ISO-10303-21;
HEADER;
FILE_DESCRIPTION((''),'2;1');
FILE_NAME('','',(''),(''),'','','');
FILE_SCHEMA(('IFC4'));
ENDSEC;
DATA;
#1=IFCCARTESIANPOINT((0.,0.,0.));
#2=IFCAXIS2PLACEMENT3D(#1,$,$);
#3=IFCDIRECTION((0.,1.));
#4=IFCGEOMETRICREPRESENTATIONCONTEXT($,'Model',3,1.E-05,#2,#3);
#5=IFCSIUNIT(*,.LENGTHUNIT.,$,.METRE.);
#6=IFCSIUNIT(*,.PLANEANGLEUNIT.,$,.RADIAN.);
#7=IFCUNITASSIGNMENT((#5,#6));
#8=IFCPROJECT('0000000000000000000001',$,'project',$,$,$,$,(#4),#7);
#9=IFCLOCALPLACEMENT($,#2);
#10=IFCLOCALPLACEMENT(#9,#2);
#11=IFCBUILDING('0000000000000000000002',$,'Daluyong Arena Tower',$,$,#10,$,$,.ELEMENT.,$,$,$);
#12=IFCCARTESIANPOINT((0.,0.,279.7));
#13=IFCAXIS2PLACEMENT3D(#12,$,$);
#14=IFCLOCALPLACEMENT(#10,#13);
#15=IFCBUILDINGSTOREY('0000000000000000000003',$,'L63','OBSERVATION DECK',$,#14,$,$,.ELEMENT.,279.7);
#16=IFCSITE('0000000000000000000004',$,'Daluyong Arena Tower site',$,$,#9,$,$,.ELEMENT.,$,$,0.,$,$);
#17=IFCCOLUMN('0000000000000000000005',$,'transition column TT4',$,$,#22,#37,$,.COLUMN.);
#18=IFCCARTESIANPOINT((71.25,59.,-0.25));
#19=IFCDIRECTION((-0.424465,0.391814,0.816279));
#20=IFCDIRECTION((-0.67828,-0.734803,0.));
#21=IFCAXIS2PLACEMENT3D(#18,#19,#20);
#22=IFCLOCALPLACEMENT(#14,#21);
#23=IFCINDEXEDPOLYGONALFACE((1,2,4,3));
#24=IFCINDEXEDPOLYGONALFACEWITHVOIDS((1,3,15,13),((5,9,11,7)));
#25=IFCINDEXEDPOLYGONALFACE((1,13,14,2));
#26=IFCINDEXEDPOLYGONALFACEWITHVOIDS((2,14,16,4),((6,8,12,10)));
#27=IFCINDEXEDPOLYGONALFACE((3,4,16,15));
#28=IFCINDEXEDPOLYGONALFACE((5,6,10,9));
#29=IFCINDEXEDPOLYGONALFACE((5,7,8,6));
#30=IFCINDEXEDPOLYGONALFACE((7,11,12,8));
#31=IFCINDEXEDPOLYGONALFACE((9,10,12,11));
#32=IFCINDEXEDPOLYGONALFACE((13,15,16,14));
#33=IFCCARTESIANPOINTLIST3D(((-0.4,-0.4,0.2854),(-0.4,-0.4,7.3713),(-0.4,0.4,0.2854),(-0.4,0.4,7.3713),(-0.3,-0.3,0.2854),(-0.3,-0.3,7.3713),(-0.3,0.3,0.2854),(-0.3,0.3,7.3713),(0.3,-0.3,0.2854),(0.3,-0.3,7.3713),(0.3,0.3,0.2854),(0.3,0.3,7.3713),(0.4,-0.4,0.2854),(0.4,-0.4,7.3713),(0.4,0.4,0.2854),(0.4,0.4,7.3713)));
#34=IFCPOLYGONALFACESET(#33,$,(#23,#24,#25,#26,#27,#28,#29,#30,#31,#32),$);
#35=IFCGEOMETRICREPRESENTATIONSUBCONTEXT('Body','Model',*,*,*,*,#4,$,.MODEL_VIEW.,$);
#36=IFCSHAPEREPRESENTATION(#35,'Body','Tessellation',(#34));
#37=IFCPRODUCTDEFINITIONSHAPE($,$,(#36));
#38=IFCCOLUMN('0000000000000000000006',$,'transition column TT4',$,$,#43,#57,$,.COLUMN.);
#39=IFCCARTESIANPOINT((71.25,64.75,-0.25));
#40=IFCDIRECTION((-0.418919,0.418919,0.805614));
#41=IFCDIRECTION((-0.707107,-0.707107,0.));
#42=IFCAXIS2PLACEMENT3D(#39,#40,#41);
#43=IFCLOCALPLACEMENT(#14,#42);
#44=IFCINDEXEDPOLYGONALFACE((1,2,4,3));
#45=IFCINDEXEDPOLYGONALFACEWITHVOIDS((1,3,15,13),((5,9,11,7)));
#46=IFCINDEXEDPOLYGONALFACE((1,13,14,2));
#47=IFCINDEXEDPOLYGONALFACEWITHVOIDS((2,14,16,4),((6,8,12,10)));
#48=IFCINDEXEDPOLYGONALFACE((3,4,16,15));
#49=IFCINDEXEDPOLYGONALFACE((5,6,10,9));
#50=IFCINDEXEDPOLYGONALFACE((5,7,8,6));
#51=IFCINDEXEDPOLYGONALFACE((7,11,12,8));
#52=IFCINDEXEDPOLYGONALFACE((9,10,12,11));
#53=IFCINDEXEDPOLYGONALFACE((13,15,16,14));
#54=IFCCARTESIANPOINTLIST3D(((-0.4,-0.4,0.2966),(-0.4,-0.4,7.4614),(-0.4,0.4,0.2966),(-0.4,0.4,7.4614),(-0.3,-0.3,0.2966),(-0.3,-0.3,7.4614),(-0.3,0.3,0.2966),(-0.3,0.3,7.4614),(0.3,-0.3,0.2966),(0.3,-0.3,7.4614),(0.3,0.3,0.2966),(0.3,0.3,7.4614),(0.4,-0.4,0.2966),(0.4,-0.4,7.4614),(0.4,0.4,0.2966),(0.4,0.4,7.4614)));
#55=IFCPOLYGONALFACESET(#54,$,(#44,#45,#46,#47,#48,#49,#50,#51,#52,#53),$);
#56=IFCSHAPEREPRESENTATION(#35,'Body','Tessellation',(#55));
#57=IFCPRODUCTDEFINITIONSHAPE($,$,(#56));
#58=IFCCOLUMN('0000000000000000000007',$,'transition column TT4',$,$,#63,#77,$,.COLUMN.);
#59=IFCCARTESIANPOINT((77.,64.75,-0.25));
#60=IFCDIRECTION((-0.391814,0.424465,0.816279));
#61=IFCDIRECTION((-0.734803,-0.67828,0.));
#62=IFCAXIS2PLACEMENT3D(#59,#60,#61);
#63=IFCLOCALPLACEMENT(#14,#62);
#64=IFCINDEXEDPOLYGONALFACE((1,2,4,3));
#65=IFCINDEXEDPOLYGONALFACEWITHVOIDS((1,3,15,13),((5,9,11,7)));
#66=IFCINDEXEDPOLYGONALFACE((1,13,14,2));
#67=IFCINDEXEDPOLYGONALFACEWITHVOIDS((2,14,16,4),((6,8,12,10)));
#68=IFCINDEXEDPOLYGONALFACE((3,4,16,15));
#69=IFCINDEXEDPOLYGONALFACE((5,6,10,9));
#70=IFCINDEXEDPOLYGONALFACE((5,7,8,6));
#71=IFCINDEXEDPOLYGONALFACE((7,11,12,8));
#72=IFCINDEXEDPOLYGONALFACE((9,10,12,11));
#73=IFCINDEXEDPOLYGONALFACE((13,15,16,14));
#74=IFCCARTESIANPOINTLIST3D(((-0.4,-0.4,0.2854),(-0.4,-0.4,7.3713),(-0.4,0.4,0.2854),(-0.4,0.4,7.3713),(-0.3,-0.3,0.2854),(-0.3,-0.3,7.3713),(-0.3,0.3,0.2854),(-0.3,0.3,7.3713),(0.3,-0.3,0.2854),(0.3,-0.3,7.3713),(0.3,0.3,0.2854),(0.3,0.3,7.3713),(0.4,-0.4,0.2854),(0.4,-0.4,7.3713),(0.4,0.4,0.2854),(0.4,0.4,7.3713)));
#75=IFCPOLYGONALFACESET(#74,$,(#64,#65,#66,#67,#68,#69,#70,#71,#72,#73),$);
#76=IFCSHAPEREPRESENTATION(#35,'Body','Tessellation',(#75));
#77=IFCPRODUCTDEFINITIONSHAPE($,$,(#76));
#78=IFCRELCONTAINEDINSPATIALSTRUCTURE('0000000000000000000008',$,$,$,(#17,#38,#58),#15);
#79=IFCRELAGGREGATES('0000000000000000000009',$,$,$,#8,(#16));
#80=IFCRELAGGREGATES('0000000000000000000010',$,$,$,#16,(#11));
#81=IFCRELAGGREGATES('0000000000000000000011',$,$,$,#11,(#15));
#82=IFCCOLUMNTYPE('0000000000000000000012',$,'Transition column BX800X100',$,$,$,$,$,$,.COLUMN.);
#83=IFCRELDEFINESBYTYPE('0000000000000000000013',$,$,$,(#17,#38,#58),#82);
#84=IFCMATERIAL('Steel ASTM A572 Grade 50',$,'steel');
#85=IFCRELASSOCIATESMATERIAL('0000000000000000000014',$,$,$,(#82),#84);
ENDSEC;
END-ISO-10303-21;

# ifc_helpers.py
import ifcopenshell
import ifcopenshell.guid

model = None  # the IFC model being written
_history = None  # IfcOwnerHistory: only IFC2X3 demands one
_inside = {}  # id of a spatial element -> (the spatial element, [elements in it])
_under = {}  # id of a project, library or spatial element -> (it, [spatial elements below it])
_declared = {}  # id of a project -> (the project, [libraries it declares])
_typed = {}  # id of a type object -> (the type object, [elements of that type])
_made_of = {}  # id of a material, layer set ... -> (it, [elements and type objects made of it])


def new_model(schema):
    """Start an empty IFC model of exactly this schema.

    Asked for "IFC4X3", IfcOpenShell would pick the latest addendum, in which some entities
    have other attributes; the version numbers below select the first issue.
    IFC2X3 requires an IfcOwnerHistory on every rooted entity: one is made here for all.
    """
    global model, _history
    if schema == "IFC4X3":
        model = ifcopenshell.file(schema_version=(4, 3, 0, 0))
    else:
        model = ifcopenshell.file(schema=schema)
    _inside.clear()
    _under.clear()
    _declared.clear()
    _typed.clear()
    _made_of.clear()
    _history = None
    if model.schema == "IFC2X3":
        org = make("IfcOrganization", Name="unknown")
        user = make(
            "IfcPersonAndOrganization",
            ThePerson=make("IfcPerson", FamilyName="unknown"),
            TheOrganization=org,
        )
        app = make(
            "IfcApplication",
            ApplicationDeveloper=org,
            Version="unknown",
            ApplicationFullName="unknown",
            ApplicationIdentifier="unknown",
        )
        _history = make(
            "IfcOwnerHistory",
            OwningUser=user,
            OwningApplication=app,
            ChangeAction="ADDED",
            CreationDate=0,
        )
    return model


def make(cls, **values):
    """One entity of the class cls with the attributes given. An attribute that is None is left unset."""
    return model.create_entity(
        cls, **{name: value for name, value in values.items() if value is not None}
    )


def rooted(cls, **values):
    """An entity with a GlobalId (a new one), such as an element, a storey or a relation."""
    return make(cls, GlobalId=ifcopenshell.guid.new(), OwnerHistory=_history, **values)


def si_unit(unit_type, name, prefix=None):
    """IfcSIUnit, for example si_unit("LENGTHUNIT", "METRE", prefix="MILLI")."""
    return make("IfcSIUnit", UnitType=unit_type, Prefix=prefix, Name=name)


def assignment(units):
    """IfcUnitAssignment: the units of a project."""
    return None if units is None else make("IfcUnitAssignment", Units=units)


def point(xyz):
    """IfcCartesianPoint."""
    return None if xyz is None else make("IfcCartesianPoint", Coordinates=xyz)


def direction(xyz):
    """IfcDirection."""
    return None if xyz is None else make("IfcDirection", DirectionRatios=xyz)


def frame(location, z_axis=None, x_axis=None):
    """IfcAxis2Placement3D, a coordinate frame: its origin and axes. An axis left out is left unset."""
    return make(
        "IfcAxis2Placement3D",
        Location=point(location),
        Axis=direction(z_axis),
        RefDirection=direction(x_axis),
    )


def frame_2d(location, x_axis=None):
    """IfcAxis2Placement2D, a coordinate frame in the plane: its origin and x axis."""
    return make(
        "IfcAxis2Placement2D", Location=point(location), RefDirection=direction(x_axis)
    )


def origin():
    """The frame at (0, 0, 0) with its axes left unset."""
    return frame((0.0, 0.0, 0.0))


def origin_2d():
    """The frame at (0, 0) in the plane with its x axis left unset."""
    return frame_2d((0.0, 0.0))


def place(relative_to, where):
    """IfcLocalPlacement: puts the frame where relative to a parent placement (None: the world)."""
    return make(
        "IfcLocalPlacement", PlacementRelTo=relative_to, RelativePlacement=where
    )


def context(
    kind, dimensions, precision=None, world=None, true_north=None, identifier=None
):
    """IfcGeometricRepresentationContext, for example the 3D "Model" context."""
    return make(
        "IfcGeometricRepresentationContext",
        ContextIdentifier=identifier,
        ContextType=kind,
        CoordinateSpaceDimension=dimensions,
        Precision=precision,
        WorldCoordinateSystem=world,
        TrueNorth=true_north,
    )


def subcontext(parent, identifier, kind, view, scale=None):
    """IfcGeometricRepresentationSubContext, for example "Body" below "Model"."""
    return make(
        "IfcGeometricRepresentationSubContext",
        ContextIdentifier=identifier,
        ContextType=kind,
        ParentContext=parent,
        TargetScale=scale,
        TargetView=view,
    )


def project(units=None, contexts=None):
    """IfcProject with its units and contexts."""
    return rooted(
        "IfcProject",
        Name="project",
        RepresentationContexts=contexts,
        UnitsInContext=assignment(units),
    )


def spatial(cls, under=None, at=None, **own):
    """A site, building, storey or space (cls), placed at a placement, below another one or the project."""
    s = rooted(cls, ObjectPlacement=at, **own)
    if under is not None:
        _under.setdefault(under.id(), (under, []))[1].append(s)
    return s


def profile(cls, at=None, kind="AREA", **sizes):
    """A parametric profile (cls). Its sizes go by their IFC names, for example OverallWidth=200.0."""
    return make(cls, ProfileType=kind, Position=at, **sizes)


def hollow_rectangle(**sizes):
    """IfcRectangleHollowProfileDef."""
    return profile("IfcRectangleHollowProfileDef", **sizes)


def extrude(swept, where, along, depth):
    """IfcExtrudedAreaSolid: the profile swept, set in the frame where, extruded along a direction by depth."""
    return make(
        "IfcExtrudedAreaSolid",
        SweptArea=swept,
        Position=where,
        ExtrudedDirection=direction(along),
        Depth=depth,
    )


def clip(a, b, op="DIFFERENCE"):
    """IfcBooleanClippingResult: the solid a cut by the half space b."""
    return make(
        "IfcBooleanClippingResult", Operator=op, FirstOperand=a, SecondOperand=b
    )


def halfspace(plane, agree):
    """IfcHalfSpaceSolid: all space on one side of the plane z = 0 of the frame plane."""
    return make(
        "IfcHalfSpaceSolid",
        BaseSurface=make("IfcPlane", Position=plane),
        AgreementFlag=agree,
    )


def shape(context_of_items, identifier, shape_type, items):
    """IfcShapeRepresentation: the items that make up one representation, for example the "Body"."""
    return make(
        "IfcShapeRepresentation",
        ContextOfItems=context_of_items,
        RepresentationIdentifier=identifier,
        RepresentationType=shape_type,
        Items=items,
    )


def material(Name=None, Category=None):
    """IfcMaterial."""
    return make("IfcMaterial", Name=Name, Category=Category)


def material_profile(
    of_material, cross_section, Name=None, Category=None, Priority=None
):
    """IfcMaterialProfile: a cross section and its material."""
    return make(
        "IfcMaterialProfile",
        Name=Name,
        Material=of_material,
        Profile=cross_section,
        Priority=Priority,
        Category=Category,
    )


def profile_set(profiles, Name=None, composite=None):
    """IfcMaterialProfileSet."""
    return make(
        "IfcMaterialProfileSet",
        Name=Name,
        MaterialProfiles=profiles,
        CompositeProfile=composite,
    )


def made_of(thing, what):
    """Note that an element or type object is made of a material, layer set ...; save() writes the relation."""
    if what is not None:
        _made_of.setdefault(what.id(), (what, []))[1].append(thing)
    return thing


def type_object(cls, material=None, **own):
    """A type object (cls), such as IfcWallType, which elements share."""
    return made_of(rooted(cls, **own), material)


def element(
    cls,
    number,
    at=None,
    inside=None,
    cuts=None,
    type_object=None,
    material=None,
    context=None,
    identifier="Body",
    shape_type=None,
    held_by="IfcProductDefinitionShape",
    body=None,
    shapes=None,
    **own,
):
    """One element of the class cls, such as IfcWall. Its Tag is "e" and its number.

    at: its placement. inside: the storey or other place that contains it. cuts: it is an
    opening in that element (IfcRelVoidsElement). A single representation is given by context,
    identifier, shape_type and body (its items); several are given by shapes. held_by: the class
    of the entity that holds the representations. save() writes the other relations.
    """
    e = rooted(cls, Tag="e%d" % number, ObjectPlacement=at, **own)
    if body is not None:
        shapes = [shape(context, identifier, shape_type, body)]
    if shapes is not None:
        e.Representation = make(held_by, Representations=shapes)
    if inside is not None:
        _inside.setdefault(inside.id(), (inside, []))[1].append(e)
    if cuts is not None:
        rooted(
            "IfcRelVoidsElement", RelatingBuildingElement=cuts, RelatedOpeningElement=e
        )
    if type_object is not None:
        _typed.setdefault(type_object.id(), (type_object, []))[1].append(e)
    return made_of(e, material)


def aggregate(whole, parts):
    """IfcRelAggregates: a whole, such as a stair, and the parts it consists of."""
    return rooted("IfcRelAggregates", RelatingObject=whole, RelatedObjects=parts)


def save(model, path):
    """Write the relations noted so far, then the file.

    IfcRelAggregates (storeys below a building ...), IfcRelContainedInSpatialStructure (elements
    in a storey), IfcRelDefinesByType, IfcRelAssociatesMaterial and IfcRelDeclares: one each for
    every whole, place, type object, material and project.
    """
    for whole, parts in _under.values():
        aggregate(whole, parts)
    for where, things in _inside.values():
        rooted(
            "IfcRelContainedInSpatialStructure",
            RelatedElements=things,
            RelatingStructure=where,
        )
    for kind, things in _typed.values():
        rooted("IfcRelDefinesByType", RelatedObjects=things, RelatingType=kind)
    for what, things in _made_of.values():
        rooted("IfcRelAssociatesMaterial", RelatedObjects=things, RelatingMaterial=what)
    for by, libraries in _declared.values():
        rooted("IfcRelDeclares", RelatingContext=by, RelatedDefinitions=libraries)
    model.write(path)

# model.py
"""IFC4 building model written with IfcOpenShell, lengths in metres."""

from ifc_helpers import new_model, si_unit, direction, frame, origin, origin_2d, place, context, subcontext, project, spatial, hollow_rectangle, extrude, clip, halfspace, material, material_profile, profile_set, type_object, element, save


model = new_model("IFC4")

# Units and contexts
model_context = context("Model", 3, precision=1e-05, world=origin(), true_north=direction((0.0, 1.0)))
body_context = subcontext(model_context, "Body", "Model", "MODEL_VIEW")
ifc_project = project(units=[si_unit("LENGTHUNIT", "METRE"), si_unit("PLANEANGLEUNIT", "RADIAN")], contexts=[model_context])

# Site, building, storey
site_placement = place(None, origin())
site = spatial("IfcSite", under=ifc_project, at=site_placement, Name="Daluyong Arena Tower site", CompositionType="ELEMENT", RefElevation=0.0)
building_placement = place(site_placement, origin())
building = spatial("IfcBuilding", under=site, at=building_placement, Name="Daluyong Arena Tower", CompositionType="ELEMENT")
storey_placement = place(building_placement, frame((0.0, 0.0, 279.7)))
storey = spatial("IfcBuildingStorey", under=building, at=storey_placement, Name="L63", Description="OBSERVATION DECK", CompositionType="ELEMENT", Elevation=279.7)

# Columns
ifc_material_1 = material(Name="Steel ASTM A572 Grade 50", Category="steel")
ifc_material_profile_1 = material_profile(ifc_material_1, hollow_rectangle(XDim=0.8, YDim=0.8, WallThickness=0.1, at=origin_2d()))
ifc_profile_set_1 = profile_set([ifc_material_profile_1], Name="Steel ASTM A572 Grade 50")
column_type_1 = type_object("IfcColumnType", Name="Transition column BX800X100", PredefinedType="COLUMN", material=ifc_profile_set_1)
column_1_placement = place(storey_placement, frame((71.25, 59.0, -0.25), z_axis=(-0.424465, 0.391814, 0.816279), x_axis=(-0.67828, -0.734803, 0.0)))
element("IfcColumn", 1, at=column_1_placement, inside=storey, type_object=column_type_1, Name="transition column TT4", PredefinedType="COLUMN", context=body_context, shape_type="Clipping", body=[
    clip(clip(extrude(hollow_rectangle(XDim=0.8, YDim=0.8, WallThickness=0.1, at=origin_2d()), origin(), (0.0, 0.0, 1.0), 7.6567), halfspace(frame((0.0, 0.0, 0.2854), z_axis=(0.0, 0.0, 1.0), x_axis=(1.0, 0.0, 0.0)), True)), halfspace(frame((0.0, 0.0, 7.3713), z_axis=(0.0, 0.0, -1.0), x_axis=(1.0, 0.0, 0.0)), True)),
])
column_2_placement = place(storey_placement, frame((71.25, 64.75, -0.25), z_axis=(-0.418919, 0.418919, 0.805614), x_axis=(-0.707107, -0.707107, 0.0)))
element("IfcColumn", 2, at=column_2_placement, inside=storey, type_object=column_type_1, Name="transition column TT4", PredefinedType="COLUMN", context=body_context, shape_type="Clipping", body=[
    clip(clip(extrude(hollow_rectangle(XDim=0.8, YDim=0.8, WallThickness=0.1, at=origin_2d()), origin(), (0.0, 0.0, 1.0), 7.7581), halfspace(frame((0.0, 0.0, 0.2966), z_axis=(0.0, 0.0, 1.0), x_axis=(1.0, 0.0, 0.0)), True)), halfspace(frame((0.0, 0.0, 7.4614), z_axis=(0.0, 0.0, -1.0), x_axis=(1.0, 0.0, 0.0)), True)),
])
column_3_placement = place(storey_placement, frame((77.0, 64.75, -0.25), z_axis=(-0.391814, 0.424465, 0.816279), x_axis=(-0.734803, -0.67828, 0.0)))
element("IfcColumn", 3, at=column_3_placement, inside=storey, type_object=column_type_1, Name="transition column TT4", PredefinedType="COLUMN", context=body_context, shape_type="Clipping", body=[
    clip(clip(extrude(hollow_rectangle(XDim=0.8, YDim=0.8, WallThickness=0.1, at=origin_2d()), origin(), (0.0, 0.0, 1.0), 7.6567), halfspace(frame((0.0, 0.0, 0.2854), z_axis=(0.0, 0.0, 1.0), x_axis=(1.0, 0.0, 0.0)), True)), halfspace(frame((0.0, 0.0, 7.3713), z_axis=(0.0, 0.0, -1.0), x_axis=(1.0, 0.0, 0.0)), True)),
])

save(model, "model.ifc")
